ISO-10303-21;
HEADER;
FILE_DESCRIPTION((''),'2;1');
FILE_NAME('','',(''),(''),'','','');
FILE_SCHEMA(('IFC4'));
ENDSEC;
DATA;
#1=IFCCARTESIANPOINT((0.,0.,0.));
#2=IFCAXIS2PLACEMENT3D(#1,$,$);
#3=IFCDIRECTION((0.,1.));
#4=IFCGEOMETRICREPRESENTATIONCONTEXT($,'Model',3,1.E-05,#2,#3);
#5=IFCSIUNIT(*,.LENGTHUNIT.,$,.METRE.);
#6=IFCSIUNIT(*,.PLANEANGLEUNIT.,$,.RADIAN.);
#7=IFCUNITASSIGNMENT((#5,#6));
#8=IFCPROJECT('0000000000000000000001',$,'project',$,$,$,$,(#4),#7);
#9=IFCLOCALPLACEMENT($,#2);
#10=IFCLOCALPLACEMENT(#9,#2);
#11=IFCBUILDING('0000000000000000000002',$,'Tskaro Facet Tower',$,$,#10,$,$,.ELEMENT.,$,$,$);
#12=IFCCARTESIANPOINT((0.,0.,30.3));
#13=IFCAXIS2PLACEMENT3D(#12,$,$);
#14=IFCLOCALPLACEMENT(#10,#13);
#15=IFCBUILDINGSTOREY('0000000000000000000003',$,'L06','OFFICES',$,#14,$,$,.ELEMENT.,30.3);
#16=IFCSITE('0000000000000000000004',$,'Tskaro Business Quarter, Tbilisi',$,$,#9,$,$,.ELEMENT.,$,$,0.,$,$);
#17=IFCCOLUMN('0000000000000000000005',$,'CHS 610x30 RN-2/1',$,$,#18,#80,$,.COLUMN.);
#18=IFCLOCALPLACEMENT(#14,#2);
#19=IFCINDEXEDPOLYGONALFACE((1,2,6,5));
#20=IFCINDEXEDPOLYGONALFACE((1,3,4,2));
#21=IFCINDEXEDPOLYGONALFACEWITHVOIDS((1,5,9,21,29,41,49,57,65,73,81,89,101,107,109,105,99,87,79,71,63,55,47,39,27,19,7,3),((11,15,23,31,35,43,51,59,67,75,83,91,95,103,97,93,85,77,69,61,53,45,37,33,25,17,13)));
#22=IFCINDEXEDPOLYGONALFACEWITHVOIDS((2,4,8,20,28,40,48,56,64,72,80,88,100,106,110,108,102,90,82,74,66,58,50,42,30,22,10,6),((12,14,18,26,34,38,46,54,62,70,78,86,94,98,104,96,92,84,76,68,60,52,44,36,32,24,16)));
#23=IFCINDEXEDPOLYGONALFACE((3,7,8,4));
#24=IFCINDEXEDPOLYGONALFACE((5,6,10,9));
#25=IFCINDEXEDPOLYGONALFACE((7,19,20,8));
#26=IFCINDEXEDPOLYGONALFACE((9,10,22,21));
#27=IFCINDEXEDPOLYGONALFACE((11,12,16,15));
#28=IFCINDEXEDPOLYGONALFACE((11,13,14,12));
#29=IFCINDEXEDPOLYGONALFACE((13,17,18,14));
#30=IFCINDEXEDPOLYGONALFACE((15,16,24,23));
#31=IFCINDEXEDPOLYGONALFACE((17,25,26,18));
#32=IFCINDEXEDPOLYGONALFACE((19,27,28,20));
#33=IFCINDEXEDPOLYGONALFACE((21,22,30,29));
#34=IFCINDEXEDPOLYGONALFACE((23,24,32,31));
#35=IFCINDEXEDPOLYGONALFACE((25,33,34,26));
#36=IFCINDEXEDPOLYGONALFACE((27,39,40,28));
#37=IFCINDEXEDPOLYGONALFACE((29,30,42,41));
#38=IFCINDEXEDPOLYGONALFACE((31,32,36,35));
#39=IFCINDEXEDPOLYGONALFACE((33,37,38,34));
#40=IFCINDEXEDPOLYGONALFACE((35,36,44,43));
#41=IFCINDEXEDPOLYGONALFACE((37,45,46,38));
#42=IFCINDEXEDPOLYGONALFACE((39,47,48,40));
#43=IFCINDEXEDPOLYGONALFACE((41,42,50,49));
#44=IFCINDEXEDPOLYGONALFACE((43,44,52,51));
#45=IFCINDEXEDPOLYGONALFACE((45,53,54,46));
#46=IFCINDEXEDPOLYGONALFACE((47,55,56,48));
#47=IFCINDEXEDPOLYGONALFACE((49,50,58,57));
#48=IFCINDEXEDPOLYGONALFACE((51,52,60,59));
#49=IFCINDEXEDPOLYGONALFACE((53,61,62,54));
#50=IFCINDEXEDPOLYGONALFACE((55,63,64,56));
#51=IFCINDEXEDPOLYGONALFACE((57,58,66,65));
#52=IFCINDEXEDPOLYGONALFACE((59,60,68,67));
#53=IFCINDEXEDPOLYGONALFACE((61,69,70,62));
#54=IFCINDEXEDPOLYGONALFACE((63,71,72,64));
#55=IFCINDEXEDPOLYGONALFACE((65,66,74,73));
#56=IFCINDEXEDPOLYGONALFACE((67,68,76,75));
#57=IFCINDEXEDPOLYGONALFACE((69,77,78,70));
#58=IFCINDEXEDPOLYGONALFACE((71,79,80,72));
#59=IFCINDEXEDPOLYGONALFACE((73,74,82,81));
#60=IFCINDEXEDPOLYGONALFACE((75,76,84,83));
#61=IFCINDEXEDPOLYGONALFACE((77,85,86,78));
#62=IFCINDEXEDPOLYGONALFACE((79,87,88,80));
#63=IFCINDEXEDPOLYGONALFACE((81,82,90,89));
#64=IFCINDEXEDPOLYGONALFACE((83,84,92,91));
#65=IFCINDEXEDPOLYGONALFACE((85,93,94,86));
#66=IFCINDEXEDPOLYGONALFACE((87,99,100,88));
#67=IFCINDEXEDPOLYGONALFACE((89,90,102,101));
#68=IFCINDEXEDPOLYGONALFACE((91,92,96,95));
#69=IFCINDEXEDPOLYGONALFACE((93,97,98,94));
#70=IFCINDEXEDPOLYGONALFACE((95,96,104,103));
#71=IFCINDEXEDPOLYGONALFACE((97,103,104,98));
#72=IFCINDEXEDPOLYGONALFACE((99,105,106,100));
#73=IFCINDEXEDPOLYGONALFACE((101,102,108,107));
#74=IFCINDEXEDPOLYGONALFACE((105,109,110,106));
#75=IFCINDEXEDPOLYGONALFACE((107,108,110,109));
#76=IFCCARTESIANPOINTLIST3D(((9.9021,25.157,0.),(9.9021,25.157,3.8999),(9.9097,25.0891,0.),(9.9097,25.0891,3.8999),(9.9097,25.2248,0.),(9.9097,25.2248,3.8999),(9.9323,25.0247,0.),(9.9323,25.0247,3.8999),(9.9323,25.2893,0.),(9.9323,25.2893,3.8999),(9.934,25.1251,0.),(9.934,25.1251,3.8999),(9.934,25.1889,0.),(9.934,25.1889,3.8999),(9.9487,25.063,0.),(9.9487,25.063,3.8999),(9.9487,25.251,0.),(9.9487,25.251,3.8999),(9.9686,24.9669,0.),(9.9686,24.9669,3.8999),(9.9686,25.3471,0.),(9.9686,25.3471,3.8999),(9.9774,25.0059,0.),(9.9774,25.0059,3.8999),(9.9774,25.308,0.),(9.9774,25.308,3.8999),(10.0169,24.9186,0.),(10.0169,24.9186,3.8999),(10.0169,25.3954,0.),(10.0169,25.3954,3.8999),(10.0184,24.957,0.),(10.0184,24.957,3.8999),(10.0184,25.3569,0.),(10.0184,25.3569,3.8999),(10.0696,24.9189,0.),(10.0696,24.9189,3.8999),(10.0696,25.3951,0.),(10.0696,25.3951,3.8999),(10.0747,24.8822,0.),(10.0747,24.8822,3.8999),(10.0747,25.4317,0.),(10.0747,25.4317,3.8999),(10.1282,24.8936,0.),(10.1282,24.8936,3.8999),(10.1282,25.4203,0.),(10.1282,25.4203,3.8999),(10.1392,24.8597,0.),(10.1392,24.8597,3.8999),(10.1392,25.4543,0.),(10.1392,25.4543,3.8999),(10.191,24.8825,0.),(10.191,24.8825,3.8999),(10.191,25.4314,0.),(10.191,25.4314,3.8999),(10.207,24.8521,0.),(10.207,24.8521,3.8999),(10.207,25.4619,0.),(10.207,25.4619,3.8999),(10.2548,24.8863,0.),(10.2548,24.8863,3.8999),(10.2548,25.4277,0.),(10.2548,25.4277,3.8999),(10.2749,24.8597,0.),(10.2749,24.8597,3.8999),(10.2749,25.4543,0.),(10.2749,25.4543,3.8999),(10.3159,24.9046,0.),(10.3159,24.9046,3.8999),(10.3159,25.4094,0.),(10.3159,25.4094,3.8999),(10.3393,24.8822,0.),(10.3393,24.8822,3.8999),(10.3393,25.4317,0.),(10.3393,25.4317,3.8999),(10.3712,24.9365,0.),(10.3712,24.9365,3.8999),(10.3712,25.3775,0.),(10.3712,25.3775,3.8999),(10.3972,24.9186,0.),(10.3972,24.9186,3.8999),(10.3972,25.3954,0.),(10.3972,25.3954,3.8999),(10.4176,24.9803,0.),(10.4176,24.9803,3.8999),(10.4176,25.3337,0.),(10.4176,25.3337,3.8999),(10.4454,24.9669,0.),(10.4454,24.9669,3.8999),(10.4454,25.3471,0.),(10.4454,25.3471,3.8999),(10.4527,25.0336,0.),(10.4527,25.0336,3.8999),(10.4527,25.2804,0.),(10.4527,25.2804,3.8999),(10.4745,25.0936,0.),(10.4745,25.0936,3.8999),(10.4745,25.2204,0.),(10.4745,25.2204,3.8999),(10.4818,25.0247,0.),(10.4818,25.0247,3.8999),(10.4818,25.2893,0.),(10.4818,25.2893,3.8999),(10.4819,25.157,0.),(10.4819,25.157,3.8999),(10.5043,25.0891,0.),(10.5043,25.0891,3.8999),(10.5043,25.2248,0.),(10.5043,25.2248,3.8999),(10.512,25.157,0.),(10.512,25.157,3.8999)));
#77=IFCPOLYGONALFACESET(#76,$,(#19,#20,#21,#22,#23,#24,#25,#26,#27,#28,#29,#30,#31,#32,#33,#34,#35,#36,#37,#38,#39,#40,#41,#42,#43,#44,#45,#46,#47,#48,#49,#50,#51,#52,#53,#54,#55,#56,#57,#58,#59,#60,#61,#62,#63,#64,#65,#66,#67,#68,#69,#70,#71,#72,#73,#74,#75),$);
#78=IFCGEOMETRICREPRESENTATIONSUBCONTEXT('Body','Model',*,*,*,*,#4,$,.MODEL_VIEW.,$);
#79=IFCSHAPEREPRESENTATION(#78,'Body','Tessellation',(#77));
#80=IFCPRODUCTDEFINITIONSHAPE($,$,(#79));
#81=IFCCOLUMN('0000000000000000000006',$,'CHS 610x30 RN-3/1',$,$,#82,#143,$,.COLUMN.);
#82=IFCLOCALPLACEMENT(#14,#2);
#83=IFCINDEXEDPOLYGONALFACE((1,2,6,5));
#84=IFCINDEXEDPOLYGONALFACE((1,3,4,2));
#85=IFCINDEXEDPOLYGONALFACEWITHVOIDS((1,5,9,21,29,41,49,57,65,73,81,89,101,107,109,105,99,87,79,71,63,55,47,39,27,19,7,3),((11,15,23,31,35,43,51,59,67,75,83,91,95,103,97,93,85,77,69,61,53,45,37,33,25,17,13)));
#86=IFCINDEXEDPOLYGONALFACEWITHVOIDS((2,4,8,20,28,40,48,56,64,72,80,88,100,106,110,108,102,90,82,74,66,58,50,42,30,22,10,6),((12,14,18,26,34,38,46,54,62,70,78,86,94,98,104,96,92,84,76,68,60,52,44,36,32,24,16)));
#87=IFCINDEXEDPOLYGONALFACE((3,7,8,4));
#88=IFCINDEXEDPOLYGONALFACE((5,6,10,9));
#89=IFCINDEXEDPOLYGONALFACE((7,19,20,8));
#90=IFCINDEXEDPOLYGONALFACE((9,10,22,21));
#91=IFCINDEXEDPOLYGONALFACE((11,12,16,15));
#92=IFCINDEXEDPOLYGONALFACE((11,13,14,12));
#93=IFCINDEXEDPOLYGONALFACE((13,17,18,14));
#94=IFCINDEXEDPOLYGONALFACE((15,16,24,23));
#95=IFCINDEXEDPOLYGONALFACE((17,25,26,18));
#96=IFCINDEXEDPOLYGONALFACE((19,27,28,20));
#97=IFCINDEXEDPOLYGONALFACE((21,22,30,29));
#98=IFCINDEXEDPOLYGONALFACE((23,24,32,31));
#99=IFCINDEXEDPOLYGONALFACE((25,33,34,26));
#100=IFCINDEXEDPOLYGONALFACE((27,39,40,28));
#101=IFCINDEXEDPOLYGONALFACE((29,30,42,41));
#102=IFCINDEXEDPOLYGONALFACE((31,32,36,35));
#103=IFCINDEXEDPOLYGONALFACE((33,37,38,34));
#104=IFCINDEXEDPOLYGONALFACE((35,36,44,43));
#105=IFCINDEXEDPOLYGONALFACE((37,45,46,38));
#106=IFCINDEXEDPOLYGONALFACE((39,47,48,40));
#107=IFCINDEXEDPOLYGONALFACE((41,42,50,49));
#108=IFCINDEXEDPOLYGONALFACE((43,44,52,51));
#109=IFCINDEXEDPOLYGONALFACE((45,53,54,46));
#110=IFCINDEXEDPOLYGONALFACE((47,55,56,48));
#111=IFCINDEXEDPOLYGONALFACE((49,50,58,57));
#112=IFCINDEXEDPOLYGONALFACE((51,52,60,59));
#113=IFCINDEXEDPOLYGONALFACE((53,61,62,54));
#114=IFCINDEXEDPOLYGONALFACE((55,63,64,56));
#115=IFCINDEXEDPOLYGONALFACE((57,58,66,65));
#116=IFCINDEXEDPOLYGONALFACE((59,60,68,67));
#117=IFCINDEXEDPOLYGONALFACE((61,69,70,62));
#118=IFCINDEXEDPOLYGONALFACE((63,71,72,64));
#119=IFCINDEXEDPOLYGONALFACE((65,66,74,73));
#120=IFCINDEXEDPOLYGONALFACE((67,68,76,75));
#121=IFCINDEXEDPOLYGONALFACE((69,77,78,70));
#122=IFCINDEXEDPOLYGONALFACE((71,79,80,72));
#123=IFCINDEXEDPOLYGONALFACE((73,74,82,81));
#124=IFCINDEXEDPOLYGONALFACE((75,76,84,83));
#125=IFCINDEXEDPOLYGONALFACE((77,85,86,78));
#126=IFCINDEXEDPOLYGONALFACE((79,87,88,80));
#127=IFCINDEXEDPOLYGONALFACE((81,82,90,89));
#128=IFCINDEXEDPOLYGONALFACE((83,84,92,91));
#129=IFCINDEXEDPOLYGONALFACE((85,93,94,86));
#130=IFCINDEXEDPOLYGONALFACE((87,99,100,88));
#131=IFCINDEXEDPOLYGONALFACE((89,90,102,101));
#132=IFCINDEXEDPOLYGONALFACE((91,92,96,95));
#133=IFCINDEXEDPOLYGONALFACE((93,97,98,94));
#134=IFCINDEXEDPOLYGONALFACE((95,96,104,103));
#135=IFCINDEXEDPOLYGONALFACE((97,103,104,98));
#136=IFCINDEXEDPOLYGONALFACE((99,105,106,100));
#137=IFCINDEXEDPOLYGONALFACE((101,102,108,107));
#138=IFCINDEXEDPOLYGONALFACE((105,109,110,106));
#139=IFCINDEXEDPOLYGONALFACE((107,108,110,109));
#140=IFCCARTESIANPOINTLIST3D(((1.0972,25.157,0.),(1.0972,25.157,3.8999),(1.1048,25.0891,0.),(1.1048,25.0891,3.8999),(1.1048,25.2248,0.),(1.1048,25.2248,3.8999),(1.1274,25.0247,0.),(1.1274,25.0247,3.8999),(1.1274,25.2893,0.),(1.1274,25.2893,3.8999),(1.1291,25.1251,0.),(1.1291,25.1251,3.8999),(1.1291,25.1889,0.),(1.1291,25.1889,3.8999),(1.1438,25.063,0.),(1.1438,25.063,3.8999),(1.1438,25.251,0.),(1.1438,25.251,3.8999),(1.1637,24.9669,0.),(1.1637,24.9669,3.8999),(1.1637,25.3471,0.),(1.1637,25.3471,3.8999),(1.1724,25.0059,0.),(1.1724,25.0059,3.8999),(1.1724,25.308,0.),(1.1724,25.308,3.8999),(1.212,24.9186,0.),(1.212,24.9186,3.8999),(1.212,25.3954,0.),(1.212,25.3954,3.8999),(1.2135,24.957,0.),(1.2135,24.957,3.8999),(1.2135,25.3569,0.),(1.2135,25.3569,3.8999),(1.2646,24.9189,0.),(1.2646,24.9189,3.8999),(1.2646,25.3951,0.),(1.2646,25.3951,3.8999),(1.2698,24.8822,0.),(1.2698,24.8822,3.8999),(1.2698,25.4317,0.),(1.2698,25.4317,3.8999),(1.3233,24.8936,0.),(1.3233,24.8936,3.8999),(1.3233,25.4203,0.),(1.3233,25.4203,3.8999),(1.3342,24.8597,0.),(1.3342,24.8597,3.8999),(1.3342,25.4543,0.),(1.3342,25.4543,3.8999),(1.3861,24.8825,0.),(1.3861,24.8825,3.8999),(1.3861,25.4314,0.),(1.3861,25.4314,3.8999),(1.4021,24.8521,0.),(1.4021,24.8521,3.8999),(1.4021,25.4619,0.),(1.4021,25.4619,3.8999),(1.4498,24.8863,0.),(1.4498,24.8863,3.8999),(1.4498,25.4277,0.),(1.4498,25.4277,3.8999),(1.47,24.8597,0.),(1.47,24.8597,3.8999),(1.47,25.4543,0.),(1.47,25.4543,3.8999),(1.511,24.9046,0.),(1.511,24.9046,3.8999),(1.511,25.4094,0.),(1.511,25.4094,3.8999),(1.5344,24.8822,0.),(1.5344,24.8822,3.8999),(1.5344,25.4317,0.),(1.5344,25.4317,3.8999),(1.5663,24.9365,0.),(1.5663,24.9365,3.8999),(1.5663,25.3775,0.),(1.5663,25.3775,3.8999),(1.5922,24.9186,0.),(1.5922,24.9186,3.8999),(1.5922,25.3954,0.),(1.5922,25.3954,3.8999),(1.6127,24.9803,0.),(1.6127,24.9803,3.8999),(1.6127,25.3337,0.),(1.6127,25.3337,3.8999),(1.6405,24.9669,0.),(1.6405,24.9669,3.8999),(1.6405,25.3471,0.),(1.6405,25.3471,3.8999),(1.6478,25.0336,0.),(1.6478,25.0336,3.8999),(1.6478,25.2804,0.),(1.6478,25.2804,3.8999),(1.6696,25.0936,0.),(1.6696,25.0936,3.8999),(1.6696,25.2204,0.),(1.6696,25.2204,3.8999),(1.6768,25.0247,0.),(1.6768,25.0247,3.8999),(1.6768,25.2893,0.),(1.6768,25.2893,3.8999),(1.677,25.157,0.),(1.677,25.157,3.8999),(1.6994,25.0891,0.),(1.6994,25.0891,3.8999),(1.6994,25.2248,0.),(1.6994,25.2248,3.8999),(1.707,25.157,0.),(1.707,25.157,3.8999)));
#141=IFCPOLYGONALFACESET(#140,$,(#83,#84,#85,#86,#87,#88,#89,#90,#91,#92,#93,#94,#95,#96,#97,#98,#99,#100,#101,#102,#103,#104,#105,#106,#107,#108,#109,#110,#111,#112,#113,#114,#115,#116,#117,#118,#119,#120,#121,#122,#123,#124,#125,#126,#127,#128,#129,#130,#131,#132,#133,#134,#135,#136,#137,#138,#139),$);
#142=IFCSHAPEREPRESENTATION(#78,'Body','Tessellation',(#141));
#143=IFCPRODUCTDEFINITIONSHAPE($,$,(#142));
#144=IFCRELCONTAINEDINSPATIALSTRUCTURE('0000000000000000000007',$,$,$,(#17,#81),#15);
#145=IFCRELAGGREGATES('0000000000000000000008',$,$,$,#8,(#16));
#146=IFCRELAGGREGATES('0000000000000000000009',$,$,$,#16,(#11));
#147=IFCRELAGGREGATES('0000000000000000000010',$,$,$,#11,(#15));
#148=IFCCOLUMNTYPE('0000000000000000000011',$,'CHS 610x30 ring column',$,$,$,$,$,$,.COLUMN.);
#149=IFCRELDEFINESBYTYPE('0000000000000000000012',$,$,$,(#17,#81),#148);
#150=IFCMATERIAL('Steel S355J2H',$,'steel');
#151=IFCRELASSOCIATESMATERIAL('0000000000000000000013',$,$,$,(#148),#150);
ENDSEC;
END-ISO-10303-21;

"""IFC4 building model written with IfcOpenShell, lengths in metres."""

from ifc_helpers import new_model, si_unit, direction, frame, origin, origin_2d, place, context, subcontext, project, spatial, hollow_circle, extrude, material, material_profile, profile_set, type_object, element, save


model = new_model("IFC4")

# Units and contexts
model_context = context("Model", 3, precision=1e-05, world=origin(), true_north=direction((0.0, 1.0)))
body_context = subcontext(model_context, "Body", "Model", "MODEL_VIEW")
ifc_project = project(units=[si_unit("LENGTHUNIT", "METRE"), si_unit("PLANEANGLEUNIT", "RADIAN")], contexts=[model_context])

# Site, building, storey
site_placement = place(None, origin())
site = spatial("IfcSite", under=ifc_project, at=site_placement, Name="Tskaro Business Quarter, Tbilisi", CompositionType="ELEMENT", RefElevation=0.0)
building_placement = place(site_placement, origin())
building = spatial("IfcBuilding", under=site, at=building_placement, Name="Tskaro Facet Tower", CompositionType="ELEMENT")
storey_placement = place(building_placement, frame((0.0, 0.0, 30.3)))
storey = spatial("IfcBuildingStorey", under=building, at=storey_placement, Name="L06", Description="OFFICES", CompositionType="ELEMENT", Elevation=30.3)

# Columns
ifc_material_1 = material(Name="Steel S355J2H", Category="steel")
ifc_material_profile_1 = material_profile(ifc_material_1, hollow_circle(Radius=0.3049, WallThickness=0.03, at=origin_2d()), Name="CHS 610x30")
ifc_profile_set_1 = profile_set([ifc_material_profile_1], Name="Steel S355J2H")
column_type_1 = type_object("IfcColumnType", Name="CHS 610x30 ring column", PredefinedType="COLUMN", material=ifc_profile_set_1)
for number, where, z_axis, x_axis, name in (
    (1, (10.207, 25.157, 0.0), (0.0, 0.0, 1.0), (1.0, 0.0, 0.0), "CHS 610x30 RN-2/1"),
    (2, (1.4021, 25.157, 0.0), (0.0, 0.0, 1.0), (1.0, 0.0, 0.0), "CHS 610x30 RN-3/1"),
):
    element("IfcColumn", number, at=place(storey_placement, frame(where, z_axis=z_axis, x_axis=x_axis)), inside=storey, type_object=column_type_1, Name=name, PredefinedType="COLUMN", context=body_context, shape_type="SweptSolid", body=[
        extrude(hollow_circle(Radius=0.3049, WallThickness=0.03, at=origin_2d()), origin(), (0.0, 0.0, 1.0), 3.8999),
    ])

save(model, "model.ifc")
